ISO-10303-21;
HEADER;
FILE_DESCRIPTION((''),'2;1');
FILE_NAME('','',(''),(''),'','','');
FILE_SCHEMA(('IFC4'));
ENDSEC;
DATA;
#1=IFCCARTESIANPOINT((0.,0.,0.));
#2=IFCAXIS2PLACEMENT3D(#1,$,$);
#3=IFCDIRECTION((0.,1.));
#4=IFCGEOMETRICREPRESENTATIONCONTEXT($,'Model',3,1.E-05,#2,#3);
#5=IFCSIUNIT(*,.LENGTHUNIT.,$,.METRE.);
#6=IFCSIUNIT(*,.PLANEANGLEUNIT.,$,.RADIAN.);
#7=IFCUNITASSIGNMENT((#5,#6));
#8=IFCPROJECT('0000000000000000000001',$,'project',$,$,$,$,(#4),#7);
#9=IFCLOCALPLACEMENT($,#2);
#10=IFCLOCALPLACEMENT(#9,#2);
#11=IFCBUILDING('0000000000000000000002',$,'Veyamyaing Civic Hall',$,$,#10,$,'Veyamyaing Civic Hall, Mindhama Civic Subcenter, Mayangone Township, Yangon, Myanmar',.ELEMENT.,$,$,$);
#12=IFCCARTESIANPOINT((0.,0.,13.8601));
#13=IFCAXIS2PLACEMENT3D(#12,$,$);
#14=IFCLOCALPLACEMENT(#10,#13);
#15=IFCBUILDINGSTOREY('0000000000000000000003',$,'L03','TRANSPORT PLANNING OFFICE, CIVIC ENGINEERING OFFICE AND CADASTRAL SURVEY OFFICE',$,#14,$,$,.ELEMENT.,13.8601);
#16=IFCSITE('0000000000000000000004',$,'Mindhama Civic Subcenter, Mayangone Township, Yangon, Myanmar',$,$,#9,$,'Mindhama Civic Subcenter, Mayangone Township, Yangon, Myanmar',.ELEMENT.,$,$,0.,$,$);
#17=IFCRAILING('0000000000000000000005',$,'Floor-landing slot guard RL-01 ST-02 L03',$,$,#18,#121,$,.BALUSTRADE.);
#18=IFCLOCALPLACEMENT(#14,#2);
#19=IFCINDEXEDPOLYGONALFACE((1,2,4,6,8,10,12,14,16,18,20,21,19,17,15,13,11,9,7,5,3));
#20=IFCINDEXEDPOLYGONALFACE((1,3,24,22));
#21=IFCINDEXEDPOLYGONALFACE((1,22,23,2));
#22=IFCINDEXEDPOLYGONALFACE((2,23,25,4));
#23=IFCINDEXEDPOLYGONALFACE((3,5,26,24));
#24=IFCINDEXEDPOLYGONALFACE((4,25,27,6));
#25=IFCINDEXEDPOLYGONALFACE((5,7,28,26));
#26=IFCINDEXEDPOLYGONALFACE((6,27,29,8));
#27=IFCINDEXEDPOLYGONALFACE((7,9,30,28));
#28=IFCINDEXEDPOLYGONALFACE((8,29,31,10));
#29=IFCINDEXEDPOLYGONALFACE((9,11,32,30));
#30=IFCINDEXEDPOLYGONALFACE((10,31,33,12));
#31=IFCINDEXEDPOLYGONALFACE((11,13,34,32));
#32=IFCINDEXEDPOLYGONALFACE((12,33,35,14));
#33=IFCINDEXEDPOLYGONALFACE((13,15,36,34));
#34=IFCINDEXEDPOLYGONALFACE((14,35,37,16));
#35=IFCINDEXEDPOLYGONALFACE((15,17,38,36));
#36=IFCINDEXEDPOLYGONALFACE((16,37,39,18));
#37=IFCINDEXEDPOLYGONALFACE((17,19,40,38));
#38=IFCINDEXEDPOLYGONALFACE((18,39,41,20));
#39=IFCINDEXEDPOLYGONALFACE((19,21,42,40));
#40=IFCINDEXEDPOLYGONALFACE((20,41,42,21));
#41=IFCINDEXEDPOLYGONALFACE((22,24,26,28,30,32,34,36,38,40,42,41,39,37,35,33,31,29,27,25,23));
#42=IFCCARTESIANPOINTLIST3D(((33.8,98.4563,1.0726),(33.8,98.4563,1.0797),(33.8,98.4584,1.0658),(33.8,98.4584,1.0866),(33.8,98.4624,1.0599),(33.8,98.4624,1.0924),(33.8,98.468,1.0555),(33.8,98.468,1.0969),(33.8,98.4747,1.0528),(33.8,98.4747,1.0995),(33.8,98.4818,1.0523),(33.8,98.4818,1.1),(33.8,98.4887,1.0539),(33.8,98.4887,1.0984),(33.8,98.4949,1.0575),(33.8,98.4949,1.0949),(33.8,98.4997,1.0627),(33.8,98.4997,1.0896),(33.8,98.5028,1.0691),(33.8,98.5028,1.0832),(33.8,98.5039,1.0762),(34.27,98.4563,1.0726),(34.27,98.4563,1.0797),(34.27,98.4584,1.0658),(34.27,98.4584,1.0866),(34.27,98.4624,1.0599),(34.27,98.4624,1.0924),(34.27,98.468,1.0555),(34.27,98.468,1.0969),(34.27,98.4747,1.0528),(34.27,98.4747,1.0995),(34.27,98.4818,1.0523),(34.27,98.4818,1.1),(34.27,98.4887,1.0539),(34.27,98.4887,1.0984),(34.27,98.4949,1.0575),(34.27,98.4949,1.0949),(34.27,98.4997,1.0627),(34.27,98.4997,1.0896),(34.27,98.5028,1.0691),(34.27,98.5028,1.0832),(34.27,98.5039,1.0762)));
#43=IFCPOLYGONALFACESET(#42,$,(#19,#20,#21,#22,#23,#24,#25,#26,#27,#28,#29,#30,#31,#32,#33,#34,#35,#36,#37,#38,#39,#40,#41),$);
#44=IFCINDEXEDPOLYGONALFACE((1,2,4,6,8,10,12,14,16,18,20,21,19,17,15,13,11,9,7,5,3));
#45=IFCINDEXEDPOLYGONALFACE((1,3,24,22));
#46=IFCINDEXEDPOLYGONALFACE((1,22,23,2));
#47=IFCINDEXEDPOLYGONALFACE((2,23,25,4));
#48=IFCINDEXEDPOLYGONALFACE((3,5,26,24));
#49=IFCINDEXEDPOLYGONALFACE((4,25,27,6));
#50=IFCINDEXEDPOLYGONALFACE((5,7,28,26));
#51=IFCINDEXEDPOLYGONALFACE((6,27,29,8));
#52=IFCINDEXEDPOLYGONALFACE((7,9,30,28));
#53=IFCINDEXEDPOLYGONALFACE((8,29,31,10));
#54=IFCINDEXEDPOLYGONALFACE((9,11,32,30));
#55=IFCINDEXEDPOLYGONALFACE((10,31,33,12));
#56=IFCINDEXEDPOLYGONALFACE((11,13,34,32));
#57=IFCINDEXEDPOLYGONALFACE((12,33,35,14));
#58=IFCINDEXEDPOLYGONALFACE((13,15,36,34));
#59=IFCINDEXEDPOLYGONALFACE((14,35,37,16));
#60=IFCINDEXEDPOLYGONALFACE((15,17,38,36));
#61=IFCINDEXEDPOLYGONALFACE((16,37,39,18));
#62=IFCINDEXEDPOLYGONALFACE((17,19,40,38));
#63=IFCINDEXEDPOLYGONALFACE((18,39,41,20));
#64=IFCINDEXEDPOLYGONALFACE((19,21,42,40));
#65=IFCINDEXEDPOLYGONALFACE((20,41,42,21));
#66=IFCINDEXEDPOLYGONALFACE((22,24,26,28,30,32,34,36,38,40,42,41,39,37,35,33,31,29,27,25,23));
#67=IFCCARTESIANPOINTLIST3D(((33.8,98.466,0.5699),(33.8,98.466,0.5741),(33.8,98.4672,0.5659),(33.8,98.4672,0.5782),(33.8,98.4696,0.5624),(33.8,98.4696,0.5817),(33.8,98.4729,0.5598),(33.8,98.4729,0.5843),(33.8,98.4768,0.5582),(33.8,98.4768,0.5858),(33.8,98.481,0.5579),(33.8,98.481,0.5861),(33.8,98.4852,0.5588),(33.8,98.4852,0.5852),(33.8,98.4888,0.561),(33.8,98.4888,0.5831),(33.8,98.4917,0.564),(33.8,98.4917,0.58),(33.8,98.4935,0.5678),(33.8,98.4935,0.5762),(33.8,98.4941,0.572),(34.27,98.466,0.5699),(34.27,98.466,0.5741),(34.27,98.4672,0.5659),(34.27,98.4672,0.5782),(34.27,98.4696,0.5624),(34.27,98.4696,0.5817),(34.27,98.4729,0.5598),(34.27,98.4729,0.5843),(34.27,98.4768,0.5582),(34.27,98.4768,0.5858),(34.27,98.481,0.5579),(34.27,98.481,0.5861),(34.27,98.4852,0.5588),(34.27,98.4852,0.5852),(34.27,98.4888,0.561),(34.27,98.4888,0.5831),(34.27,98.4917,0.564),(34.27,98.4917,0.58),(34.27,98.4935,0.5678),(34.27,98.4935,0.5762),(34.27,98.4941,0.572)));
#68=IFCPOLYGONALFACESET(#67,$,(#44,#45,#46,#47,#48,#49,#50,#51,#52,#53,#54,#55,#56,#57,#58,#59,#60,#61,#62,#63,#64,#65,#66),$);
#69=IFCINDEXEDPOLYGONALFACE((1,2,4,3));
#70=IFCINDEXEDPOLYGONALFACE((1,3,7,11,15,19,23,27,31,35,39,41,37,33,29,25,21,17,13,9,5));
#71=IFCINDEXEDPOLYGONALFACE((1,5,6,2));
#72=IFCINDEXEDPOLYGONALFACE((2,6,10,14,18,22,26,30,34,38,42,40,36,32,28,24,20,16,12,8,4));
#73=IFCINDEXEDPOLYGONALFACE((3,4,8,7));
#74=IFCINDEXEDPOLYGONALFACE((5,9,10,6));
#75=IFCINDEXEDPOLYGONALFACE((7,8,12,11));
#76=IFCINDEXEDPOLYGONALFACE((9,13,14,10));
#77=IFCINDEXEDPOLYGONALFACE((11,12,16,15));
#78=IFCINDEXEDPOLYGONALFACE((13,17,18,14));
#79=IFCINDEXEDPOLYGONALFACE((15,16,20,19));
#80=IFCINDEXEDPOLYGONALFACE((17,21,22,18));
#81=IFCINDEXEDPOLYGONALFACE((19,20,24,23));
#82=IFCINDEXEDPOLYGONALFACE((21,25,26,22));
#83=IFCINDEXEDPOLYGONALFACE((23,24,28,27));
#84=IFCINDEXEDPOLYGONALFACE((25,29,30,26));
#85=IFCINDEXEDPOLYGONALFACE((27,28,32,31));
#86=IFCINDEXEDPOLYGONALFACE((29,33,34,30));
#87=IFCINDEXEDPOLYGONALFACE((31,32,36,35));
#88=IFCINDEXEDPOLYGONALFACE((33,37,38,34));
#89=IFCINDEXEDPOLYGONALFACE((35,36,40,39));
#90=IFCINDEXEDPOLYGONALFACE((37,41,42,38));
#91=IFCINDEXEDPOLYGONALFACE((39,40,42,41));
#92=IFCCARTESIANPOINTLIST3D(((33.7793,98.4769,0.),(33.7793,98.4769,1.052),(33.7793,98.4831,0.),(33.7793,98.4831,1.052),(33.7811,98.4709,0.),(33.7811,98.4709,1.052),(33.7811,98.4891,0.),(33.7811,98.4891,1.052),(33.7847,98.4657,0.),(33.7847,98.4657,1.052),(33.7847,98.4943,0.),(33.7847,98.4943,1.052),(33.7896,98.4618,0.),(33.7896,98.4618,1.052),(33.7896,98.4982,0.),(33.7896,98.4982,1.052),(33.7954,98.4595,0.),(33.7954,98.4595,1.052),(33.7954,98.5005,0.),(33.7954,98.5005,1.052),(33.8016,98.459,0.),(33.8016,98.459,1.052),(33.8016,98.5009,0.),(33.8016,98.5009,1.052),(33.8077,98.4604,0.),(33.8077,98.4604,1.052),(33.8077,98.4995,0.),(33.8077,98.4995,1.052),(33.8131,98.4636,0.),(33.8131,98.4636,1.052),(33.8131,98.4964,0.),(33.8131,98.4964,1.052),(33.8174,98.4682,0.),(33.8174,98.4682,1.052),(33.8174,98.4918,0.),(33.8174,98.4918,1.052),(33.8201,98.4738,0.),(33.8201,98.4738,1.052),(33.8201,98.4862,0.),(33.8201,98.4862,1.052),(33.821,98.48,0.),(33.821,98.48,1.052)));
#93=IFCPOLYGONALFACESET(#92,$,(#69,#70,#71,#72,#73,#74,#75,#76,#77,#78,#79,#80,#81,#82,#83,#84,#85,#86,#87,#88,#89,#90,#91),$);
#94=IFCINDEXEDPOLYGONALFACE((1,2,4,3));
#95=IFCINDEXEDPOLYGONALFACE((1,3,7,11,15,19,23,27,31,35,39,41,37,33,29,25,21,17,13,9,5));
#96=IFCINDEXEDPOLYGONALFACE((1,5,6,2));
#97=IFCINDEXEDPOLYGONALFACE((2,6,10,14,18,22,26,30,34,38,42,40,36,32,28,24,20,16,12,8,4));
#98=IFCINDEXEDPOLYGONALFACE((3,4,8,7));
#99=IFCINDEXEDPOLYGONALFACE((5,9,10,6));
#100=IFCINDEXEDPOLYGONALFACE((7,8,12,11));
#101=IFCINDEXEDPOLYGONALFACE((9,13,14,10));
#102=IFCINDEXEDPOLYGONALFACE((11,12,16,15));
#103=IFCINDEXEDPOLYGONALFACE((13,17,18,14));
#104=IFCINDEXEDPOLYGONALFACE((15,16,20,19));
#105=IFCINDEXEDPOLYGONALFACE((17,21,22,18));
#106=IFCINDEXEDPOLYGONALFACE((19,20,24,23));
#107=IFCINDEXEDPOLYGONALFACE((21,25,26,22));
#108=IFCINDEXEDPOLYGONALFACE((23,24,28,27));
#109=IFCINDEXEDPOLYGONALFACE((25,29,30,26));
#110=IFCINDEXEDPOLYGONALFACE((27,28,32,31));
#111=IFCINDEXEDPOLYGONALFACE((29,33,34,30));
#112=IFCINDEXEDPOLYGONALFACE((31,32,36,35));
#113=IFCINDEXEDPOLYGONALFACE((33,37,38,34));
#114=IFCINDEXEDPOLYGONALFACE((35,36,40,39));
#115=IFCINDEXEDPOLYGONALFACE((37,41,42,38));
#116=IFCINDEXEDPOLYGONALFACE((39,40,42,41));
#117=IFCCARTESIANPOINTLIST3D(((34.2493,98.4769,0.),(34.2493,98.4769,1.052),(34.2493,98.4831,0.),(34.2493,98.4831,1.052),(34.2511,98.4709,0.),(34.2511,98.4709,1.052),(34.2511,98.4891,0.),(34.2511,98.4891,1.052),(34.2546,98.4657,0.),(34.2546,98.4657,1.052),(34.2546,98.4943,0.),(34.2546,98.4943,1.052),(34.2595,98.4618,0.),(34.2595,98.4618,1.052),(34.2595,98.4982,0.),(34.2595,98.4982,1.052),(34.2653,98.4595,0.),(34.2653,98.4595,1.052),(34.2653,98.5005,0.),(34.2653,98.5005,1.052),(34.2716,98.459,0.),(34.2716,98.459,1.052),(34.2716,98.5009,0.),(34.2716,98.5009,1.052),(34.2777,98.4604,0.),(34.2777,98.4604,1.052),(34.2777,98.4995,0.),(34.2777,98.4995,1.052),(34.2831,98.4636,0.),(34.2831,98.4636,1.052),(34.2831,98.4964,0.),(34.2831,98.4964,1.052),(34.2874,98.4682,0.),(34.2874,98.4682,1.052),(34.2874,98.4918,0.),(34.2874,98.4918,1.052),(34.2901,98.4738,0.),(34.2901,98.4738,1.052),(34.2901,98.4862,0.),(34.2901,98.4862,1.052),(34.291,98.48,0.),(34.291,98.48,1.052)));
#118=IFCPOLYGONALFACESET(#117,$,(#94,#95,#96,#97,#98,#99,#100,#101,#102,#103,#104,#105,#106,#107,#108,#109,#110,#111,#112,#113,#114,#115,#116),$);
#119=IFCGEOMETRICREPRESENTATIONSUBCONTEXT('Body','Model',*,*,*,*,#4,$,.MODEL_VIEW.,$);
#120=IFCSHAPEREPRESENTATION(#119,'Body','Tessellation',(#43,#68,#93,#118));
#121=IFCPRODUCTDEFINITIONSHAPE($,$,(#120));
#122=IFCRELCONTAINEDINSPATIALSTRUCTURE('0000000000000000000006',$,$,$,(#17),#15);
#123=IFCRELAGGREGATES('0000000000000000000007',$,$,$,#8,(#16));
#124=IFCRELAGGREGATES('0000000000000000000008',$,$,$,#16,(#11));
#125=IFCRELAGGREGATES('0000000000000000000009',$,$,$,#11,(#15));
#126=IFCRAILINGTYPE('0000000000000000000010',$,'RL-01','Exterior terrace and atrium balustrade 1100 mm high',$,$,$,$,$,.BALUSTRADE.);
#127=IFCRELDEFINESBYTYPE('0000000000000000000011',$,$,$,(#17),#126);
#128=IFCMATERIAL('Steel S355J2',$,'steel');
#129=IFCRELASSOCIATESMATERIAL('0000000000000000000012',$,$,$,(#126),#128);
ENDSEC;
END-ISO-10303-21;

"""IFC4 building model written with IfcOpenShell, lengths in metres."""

from ifc_helpers import new_model, si_unit, direction, frame, origin, origin_2d, place, context, subcontext, project, spatial, circle, extrude, material, type_object, element, save


model = new_model("IFC4")

# Units and contexts
model_context = context("Model", 3, precision=1e-05, world=origin(), true_north=direction((0.0, 1.0)))
body_context = subcontext(model_context, "Body", "Model", "MODEL_VIEW")
ifc_project = project(units=[si_unit("LENGTHUNIT", "METRE"), si_unit("PLANEANGLEUNIT", "RADIAN")], contexts=[model_context])

# Site, building, storey
site_placement = place(None, origin())
site = spatial("IfcSite", under=ifc_project, at=site_placement, Name="Mindhama Civic Subcenter, Mayangone Township, Yangon, Myanmar", LongName="Mindhama Civic Subcenter, Mayangone Township, Yangon, Myanmar", CompositionType="ELEMENT", RefElevation=0.0)
building_placement = place(site_placement, origin())
building = spatial("IfcBuilding", under=site, at=building_placement, Name="Veyamyaing Civic Hall", LongName="Veyamyaing Civic Hall, Mindhama Civic Subcenter, Mayangone Township, Yangon, Myanmar", CompositionType="ELEMENT")
storey_placement = place(building_placement, frame((0.0, 0.0, 13.8601)))
storey = spatial("IfcBuildingStorey", under=building, at=storey_placement, Name="L03", Description="TRANSPORT PLANNING OFFICE, CIVIC ENGINEERING OFFICE AND CADASTRAL SURVEY OFFICE", CompositionType="ELEMENT", Elevation=13.8601)

# Railing
ifc_material_1 = material(Name="Steel S355J2", Category="steel")
railing_type_1 = type_object("IfcRailingType", Name="RL-01", Description="Exterior terrace and atrium balustrade 1100 mm high", PredefinedType="BALUSTRADE", material=ifc_material_1)
railing_1_placement = place(storey_placement, frame((33.8, 98.48, 0.0)))
element("IfcRailing", 1, at=railing_1_placement, inside=storey, type_object=railing_type_1, Name="Floor-landing slot guard RL-01 ST-02 L03", PredefinedType="BALUSTRADE", context=body_context, shape_type="SweptSolid", body=[
    extrude(circle(Radius=0.0239, at=origin_2d()), frame((0.0, 0.0, 1.0762), z_axis=(1.0, 0.0, 0.0), x_axis=(0.0, 1.0, 0.0)), (0.0, 0.0, 1.0), 0.47),
    extrude(circle(Radius=0.0142, at=origin_2d()), frame((0.0, 0.0, 0.572), z_axis=(1.0, 0.0, 0.0), x_axis=(0.0, 1.0, 0.0)), (0.0, 0.0, 1.0), 0.47),
    extrude(circle(Radius=0.021, at=origin_2d()), origin(), (0.0, 0.0, 1.0), 1.052),
    extrude(circle(Radius=0.021, at=origin_2d()), frame((0.47, 0.0, 0.0)), (0.0, 0.0, 1.0), 1.052),
])

save(model, "model.ifc")
